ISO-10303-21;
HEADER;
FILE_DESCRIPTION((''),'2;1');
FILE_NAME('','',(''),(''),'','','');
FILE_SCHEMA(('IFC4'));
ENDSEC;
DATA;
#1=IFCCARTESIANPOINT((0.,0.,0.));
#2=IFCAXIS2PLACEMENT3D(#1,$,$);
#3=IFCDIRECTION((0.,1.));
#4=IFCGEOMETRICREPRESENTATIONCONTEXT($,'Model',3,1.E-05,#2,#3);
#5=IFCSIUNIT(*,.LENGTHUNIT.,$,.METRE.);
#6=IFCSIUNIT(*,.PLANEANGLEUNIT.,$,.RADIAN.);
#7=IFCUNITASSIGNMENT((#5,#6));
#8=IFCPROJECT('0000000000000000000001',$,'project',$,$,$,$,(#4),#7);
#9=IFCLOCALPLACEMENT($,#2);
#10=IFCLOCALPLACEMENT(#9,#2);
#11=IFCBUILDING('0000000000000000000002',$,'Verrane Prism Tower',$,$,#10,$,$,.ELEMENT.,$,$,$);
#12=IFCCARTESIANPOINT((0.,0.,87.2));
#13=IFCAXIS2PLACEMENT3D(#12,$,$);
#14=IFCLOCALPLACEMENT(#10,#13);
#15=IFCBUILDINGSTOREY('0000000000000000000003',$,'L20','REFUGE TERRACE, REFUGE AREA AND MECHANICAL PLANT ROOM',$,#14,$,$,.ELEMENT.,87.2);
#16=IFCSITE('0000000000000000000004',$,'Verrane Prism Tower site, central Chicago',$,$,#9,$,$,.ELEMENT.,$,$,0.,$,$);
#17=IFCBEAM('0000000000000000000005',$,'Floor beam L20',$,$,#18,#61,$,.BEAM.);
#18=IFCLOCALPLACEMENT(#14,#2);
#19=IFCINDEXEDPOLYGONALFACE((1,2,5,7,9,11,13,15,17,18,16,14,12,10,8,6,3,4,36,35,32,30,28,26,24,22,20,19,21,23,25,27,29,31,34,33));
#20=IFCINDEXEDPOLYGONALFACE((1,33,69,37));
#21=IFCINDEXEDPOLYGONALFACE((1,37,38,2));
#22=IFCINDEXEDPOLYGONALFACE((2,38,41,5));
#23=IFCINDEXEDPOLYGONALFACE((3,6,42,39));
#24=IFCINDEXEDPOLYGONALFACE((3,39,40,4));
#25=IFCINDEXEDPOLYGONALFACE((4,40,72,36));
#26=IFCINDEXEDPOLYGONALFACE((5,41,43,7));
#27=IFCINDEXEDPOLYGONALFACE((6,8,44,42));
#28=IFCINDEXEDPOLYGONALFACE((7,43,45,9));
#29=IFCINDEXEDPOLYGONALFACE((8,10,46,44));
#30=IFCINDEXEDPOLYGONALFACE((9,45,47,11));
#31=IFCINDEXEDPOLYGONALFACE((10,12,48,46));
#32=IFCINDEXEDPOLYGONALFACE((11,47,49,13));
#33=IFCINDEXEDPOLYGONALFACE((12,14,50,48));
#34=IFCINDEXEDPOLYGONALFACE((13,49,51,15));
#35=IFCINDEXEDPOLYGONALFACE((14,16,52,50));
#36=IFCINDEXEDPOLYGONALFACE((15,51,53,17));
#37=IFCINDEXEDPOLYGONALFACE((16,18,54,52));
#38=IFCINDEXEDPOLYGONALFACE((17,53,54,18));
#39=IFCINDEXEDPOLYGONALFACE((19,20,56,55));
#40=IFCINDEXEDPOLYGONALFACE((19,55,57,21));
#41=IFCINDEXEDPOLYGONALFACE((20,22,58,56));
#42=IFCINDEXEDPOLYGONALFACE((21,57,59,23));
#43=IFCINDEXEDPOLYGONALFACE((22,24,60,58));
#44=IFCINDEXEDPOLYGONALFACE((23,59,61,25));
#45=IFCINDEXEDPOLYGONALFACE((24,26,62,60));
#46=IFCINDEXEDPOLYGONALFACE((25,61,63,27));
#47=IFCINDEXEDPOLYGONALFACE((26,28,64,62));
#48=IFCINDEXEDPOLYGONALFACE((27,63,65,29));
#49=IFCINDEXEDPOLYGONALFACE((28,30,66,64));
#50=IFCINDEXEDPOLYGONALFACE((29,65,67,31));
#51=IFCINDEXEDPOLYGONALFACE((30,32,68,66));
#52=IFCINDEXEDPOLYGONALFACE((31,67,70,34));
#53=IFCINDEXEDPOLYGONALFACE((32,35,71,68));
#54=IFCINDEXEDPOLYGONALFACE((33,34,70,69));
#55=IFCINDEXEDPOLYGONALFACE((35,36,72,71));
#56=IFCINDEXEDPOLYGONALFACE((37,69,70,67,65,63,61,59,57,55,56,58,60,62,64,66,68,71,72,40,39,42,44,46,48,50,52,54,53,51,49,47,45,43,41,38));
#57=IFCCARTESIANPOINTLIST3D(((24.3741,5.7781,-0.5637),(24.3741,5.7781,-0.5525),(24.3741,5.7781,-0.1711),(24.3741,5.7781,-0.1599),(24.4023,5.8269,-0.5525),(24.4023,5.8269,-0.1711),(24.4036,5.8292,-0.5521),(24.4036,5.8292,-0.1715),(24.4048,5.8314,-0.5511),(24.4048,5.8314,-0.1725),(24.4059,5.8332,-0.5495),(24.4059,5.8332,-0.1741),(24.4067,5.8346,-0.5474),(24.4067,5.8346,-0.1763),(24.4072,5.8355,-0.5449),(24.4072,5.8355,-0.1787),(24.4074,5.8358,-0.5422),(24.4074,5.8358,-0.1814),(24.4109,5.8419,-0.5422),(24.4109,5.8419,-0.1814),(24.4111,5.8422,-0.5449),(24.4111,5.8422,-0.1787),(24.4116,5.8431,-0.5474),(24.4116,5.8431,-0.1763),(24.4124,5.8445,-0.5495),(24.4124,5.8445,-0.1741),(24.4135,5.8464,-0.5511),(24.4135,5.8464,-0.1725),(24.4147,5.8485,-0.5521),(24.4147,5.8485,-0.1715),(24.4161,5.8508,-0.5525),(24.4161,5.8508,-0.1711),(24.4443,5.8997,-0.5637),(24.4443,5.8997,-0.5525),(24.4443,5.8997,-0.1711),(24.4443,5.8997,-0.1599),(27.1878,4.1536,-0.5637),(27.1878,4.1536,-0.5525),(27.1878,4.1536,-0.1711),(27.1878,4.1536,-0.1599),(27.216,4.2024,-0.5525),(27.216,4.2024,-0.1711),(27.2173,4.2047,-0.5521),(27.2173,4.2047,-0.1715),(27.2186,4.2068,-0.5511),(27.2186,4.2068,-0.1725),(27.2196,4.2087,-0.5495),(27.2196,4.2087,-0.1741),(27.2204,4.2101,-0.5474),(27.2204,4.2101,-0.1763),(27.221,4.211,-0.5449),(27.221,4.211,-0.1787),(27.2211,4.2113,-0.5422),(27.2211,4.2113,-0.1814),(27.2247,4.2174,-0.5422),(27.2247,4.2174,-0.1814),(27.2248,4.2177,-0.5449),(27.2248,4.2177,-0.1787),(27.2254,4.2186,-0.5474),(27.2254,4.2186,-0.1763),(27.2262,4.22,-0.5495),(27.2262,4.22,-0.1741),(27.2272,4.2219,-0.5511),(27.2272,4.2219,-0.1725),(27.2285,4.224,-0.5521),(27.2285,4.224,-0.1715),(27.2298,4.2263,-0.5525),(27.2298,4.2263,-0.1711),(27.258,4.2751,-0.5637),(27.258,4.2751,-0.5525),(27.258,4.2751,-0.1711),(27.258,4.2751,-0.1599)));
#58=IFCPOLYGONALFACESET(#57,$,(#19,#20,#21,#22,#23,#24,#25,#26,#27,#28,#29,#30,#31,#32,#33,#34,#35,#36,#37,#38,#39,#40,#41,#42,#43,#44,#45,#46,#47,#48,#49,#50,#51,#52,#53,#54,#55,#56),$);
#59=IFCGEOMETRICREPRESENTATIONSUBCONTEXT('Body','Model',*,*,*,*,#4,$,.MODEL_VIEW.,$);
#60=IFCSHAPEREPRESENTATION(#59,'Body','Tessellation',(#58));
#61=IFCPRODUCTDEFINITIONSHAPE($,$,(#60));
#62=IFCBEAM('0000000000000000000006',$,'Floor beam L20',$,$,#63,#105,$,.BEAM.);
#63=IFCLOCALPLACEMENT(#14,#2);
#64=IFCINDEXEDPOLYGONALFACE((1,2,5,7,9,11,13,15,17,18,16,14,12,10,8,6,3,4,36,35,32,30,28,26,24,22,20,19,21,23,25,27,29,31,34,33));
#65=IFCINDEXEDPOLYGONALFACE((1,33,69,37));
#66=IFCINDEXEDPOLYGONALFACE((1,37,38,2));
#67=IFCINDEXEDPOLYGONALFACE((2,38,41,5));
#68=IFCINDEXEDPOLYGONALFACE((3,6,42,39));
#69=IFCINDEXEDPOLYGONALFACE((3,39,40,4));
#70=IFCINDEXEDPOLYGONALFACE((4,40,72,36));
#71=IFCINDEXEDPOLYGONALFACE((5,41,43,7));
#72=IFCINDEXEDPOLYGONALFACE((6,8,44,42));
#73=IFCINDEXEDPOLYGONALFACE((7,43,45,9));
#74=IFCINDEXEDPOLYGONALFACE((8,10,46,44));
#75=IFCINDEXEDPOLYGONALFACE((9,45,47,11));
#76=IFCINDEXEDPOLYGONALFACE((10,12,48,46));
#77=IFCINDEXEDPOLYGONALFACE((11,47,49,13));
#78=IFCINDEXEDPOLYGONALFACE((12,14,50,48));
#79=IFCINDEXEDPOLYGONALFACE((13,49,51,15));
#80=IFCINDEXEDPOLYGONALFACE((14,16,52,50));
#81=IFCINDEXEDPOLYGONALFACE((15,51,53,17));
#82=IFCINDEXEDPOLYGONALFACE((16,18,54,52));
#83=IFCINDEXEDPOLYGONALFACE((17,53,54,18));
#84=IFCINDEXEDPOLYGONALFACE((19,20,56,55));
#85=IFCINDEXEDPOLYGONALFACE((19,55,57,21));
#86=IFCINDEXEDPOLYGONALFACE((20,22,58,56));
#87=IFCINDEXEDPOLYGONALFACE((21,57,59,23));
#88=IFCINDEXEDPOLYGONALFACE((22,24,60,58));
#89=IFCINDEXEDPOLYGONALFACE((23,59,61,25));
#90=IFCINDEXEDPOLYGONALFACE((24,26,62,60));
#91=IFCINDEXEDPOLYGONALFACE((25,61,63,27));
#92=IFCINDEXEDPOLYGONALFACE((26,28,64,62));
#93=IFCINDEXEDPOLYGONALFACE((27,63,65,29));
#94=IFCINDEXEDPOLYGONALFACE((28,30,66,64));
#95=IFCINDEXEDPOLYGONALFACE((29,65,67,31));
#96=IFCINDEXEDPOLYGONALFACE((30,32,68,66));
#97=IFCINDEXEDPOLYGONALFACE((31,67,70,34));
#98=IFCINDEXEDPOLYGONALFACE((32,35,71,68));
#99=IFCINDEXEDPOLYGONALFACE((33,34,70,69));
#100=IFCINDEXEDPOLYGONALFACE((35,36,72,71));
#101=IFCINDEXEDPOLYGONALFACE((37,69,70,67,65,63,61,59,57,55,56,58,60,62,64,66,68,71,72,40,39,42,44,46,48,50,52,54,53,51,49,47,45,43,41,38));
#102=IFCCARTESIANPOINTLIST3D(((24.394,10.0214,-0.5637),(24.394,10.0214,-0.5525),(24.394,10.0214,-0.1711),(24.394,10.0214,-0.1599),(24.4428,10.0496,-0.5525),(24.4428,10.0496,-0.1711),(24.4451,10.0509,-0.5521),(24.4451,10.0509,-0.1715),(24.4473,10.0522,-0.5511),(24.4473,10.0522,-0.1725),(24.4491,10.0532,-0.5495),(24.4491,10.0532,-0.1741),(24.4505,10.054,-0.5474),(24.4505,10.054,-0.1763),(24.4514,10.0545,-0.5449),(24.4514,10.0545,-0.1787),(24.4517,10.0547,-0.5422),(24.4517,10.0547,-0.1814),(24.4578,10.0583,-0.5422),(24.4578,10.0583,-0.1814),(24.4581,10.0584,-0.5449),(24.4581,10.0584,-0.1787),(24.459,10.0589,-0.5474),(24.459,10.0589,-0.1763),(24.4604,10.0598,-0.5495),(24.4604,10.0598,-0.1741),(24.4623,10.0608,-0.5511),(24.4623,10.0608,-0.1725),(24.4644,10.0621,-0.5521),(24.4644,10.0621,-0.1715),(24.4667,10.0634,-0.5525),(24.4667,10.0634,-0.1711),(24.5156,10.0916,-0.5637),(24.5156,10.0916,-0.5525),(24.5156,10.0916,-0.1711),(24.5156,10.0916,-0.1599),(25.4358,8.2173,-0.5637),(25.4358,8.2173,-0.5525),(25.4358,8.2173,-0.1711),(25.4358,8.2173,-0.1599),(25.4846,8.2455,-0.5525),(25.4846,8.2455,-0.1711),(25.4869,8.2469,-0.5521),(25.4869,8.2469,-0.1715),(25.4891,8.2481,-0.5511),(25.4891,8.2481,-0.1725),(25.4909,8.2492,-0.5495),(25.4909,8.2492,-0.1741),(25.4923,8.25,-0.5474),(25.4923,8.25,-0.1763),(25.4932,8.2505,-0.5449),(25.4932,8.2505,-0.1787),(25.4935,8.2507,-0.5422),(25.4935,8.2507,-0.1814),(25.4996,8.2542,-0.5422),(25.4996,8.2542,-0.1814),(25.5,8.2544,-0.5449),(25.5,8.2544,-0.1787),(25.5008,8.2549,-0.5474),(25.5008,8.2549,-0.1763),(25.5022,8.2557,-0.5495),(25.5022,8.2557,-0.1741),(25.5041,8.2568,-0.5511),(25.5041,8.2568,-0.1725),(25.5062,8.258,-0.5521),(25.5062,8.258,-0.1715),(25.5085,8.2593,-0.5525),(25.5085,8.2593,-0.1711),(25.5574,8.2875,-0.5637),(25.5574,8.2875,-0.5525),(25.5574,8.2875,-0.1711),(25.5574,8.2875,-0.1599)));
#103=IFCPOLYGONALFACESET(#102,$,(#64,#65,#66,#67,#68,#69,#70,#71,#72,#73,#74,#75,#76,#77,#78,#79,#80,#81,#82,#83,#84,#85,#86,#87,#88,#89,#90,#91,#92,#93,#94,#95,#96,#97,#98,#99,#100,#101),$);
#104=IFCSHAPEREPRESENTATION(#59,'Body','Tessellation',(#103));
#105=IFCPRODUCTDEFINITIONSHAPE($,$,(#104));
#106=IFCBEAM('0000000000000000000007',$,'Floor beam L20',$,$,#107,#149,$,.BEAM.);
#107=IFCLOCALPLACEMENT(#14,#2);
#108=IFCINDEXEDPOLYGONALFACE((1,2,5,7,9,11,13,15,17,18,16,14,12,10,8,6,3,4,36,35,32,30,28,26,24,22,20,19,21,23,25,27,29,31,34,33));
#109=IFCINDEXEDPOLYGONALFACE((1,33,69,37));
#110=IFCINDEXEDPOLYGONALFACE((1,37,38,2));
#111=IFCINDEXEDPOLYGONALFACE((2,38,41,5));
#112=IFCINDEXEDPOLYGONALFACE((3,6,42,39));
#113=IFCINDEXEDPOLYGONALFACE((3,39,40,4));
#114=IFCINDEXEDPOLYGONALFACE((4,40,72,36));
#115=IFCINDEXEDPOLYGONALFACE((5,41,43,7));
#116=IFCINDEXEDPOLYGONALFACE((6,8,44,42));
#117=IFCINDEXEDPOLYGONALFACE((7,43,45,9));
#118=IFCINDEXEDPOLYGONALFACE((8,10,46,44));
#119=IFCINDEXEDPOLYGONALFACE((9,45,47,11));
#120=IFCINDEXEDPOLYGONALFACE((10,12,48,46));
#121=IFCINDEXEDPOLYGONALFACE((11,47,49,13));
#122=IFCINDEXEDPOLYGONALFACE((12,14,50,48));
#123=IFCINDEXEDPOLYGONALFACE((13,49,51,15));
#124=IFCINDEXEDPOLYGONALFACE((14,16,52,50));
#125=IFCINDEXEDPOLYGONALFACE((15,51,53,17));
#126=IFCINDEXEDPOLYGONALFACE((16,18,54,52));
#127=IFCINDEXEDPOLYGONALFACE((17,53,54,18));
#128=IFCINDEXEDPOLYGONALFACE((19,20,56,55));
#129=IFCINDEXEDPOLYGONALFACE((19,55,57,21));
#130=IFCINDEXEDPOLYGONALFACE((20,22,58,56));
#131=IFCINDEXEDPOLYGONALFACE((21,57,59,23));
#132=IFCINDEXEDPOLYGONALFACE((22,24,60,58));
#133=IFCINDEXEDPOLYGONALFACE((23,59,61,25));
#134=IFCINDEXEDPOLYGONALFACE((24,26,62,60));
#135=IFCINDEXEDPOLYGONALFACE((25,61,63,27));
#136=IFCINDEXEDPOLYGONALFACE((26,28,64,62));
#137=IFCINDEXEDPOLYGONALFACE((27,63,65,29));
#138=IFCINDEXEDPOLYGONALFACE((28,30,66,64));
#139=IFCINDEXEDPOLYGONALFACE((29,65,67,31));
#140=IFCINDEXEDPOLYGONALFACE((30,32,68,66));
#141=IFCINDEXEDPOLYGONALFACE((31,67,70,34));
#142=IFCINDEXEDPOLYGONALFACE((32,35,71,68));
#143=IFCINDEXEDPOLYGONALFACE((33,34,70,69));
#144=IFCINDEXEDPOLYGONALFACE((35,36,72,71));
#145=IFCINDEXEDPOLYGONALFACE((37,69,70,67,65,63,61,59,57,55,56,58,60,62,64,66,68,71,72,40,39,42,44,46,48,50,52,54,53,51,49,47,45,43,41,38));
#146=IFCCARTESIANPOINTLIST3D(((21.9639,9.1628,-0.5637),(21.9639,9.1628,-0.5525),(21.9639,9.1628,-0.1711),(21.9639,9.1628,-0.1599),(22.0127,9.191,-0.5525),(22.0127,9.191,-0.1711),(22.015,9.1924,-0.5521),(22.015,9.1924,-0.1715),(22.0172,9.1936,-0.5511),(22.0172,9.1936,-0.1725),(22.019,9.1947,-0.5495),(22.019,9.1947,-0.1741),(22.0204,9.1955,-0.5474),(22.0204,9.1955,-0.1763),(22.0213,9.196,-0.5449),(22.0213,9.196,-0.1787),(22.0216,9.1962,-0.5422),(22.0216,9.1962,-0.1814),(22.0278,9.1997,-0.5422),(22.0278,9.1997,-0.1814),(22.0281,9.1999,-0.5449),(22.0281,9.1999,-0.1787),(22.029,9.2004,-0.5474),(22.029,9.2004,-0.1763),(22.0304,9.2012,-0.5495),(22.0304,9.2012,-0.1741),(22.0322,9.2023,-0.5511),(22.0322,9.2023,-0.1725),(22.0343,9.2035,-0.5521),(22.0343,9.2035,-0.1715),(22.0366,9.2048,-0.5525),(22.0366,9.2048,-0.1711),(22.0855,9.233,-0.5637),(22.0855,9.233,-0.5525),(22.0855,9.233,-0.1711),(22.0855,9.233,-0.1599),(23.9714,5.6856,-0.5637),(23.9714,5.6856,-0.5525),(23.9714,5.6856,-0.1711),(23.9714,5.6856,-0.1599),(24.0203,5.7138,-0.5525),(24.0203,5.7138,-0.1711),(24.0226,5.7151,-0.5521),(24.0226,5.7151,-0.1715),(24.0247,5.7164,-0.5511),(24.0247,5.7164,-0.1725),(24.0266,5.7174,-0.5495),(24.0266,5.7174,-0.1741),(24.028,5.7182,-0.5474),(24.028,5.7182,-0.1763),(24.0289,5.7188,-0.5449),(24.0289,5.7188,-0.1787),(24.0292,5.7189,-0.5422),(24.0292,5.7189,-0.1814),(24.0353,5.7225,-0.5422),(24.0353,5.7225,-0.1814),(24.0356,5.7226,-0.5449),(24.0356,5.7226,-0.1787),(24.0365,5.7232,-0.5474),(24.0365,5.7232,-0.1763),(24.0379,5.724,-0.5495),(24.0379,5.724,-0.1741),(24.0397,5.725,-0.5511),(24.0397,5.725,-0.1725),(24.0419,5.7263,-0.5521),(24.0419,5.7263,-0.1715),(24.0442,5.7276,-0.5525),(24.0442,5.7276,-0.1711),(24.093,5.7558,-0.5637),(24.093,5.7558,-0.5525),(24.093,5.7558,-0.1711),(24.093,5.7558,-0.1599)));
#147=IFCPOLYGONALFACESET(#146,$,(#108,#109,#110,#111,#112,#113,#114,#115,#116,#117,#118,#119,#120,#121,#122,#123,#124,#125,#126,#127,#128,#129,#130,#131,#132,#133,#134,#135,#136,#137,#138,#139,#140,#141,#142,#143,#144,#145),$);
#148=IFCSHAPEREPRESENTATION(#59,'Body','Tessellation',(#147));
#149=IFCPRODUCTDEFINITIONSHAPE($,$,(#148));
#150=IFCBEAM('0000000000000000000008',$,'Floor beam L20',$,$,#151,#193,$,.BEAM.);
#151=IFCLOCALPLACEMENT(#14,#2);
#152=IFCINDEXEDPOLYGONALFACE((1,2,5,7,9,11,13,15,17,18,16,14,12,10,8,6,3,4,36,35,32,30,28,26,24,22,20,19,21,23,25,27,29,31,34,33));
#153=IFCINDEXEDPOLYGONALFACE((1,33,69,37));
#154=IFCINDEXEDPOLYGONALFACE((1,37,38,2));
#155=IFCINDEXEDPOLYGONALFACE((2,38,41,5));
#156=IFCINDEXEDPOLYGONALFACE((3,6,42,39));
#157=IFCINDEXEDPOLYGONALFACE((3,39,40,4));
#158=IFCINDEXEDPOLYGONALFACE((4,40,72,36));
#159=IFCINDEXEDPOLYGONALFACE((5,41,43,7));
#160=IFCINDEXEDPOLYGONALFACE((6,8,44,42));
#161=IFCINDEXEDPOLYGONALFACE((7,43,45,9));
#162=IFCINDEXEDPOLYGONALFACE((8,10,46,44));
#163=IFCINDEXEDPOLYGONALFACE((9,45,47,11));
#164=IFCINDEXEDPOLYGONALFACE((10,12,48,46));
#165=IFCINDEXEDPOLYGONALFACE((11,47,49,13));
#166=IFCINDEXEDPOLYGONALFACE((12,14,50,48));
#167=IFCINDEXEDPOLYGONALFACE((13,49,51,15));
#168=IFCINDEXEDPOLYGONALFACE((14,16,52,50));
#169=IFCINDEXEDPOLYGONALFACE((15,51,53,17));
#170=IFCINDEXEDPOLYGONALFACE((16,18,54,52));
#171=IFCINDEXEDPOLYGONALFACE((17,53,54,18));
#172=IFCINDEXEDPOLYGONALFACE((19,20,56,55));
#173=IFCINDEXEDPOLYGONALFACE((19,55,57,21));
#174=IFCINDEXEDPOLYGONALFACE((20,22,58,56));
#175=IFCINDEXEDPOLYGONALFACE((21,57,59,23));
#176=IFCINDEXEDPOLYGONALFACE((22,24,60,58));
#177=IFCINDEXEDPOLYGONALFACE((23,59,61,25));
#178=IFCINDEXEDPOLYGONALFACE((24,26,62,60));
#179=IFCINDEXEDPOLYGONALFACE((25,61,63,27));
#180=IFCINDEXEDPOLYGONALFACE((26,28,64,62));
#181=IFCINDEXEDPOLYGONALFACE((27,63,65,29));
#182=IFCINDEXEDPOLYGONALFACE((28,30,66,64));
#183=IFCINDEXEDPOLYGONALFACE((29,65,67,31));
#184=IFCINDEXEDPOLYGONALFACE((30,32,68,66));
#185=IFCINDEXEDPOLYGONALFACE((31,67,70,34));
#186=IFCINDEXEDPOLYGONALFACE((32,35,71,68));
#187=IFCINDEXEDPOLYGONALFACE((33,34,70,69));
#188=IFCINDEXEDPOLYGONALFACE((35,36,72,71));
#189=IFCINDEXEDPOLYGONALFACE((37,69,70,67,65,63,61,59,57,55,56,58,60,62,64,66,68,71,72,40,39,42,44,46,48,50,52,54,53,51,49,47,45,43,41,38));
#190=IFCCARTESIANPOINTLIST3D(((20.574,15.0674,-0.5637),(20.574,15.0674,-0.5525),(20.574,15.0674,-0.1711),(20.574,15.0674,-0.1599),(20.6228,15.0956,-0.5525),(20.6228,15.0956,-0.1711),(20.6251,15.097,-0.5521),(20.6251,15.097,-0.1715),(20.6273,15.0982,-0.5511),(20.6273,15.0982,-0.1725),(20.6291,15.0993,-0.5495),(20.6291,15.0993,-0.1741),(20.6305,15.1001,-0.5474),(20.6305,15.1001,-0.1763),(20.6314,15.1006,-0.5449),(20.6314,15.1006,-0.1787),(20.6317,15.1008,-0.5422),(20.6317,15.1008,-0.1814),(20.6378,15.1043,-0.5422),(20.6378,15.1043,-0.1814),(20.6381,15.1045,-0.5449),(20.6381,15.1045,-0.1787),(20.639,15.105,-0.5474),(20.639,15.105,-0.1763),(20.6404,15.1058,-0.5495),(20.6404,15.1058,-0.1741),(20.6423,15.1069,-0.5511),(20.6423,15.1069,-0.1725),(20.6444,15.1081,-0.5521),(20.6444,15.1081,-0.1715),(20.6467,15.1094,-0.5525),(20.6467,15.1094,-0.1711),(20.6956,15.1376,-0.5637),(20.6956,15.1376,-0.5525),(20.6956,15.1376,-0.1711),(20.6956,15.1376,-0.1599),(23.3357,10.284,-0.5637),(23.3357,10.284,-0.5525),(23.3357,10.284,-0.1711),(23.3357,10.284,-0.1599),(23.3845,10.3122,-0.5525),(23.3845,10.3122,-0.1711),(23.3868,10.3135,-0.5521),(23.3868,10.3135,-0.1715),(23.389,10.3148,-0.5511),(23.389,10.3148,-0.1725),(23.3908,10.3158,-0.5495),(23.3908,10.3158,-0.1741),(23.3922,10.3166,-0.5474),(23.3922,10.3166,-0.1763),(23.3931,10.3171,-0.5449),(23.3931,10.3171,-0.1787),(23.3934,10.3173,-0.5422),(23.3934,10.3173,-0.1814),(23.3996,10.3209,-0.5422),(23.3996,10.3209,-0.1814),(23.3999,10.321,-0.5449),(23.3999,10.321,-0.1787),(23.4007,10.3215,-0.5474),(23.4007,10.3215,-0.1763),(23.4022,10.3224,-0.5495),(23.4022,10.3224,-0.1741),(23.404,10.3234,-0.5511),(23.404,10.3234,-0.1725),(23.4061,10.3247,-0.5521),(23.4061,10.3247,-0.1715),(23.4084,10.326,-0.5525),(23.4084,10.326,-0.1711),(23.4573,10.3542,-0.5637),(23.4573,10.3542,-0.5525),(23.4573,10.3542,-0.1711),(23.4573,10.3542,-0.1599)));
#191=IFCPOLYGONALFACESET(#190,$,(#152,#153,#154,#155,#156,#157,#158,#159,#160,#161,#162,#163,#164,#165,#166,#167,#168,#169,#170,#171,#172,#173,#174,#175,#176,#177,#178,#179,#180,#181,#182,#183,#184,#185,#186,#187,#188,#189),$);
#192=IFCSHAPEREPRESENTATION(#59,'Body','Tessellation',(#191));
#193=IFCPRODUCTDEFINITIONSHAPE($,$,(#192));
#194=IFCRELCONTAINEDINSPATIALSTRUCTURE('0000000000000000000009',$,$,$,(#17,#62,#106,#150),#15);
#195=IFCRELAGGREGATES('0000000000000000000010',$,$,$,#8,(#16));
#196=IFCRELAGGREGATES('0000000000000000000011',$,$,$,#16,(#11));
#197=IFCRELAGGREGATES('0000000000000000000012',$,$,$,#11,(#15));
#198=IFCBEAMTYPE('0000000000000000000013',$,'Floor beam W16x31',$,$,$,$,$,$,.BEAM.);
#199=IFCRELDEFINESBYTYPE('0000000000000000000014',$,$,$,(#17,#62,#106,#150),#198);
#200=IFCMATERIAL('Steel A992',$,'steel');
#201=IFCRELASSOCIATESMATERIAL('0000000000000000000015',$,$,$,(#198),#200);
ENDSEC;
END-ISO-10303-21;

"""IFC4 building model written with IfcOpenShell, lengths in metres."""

from ifc_helpers import new_model, si_unit, direction, frame, origin, origin_2d, place, context, subcontext, project, spatial, i_section, extrude, material, material_profile, profile_set, type_object, element, save


model = new_model("IFC4")

# Units and contexts
model_context = context("Model", 3, precision=1e-05, world=origin(), true_north=direction((0.0, 1.0)))
body_context = subcontext(model_context, "Body", "Model", "MODEL_VIEW")
ifc_project = project(units=[si_unit("LENGTHUNIT", "METRE"), si_unit("PLANEANGLEUNIT", "RADIAN")], contexts=[model_context])

# Site, building, storey
site_placement = place(None, origin())
site = spatial("IfcSite", under=ifc_project, at=site_placement, Name="Verrane Prism Tower site, central Chicago", CompositionType="ELEMENT", RefElevation=0.0)
building_placement = place(site_placement, origin())
building = spatial("IfcBuilding", under=site, at=building_placement, Name="Verrane Prism Tower", CompositionType="ELEMENT")
storey_placement = place(building_placement, frame((0.0, 0.0, 87.2)))
storey = spatial("IfcBuildingStorey", under=building, at=storey_placement, Name="L20", Description="REFUGE TERRACE, REFUGE AREA AND MECHANICAL PLANT ROOM", CompositionType="ELEMENT", Elevation=87.2)

# Beams
ifc_material_1 = material(Name="Steel A992", Category="steel")
ifc_material_profile_1 = material_profile(ifc_material_1, i_section(OverallWidth=0.1404, OverallDepth=0.4038, WebThickness=0.0071, FlangeThickness=0.0112, FilletRadius=0.0103, at=origin_2d()), Name="W16x31")
ifc_profile_set_1 = profile_set([ifc_material_profile_1], Name="Steel A992")
beam_type_1 = type_object("IfcBeamType", Name="Floor beam W16x31", PredefinedType="BEAM", material=ifc_profile_set_1)
beam_1_placement = place(storey_placement, frame((27.2229, 4.2144, -0.3618), z_axis=(-0.866024, 0.500002, 0.0), x_axis=(-0.500002, -0.866024, 0.0)))
element("IfcBeam", 1, at=beam_1_placement, inside=storey, type_object=beam_type_1, Name="Floor beam L20", PredefinedType="BEAM", context=body_context, shape_type="SweptSolid", body=[
    extrude(i_section(OverallWidth=0.1404, OverallDepth=0.4038, WebThickness=0.0071, FlangeThickness=0.0112, FilletRadius=0.0103, at=origin_2d()), origin(), (0.0, 0.0, 1.0), 3.249),
])
beam_2_placement = place(storey_placement, frame((25.4966, 8.2524, -0.3618), z_axis=(-0.500084, 0.865977, 0.0), x_axis=(-0.865977, -0.500084, 0.0)))
element("IfcBeam", 2, at=beam_2_placement, inside=storey, type_object=beam_type_1, Name="Floor beam L20", PredefinedType="BEAM", context=body_context, shape_type="SweptSolid", body=[
    extrude(i_section(OverallWidth=0.1404, OverallDepth=0.4038, WebThickness=0.0071, FlangeThickness=0.0112, FilletRadius=0.0103, at=origin_2d()), origin(), (0.0, 0.0, 1.0), 2.0833),
])
beam_3_placement = place(storey_placement, frame((24.0322, 5.7207, -0.3618), z_axis=(-0.499991, 0.866031, 0.0), x_axis=(-0.866031, -0.499991, 0.0)))
element("IfcBeam", 3, at=beam_3_placement, inside=storey, type_object=beam_type_1, Name="Floor beam L20", PredefinedType="BEAM", context=body_context, shape_type="SweptSolid", body=[
    extrude(i_section(OverallWidth=0.1404, OverallDepth=0.4038, WebThickness=0.0071, FlangeThickness=0.0112, FilletRadius=0.0103, at=origin_2d()), origin(), (0.0, 0.0, 1.0), 4.0151),
])
beam_4_placement = place(storey_placement, frame((23.3965, 10.3191, -0.3618), z_axis=(-0.499999, 0.866026, 0.0), x_axis=(-0.866026, -0.499999, 0.0)))
element("IfcBeam", 4, at=beam_4_placement, inside=storey, type_object=beam_type_1, Name="Floor beam L20", PredefinedType="BEAM", context=body_context, shape_type="SweptSolid", body=[
    extrude(i_section(OverallWidth=0.1404, OverallDepth=0.4038, WebThickness=0.0071, FlangeThickness=0.0112, FilletRadius=0.0103, at=origin_2d()), origin(), (0.0, 0.0, 1.0), 5.5234),
])

save(model, "model.ifc")
